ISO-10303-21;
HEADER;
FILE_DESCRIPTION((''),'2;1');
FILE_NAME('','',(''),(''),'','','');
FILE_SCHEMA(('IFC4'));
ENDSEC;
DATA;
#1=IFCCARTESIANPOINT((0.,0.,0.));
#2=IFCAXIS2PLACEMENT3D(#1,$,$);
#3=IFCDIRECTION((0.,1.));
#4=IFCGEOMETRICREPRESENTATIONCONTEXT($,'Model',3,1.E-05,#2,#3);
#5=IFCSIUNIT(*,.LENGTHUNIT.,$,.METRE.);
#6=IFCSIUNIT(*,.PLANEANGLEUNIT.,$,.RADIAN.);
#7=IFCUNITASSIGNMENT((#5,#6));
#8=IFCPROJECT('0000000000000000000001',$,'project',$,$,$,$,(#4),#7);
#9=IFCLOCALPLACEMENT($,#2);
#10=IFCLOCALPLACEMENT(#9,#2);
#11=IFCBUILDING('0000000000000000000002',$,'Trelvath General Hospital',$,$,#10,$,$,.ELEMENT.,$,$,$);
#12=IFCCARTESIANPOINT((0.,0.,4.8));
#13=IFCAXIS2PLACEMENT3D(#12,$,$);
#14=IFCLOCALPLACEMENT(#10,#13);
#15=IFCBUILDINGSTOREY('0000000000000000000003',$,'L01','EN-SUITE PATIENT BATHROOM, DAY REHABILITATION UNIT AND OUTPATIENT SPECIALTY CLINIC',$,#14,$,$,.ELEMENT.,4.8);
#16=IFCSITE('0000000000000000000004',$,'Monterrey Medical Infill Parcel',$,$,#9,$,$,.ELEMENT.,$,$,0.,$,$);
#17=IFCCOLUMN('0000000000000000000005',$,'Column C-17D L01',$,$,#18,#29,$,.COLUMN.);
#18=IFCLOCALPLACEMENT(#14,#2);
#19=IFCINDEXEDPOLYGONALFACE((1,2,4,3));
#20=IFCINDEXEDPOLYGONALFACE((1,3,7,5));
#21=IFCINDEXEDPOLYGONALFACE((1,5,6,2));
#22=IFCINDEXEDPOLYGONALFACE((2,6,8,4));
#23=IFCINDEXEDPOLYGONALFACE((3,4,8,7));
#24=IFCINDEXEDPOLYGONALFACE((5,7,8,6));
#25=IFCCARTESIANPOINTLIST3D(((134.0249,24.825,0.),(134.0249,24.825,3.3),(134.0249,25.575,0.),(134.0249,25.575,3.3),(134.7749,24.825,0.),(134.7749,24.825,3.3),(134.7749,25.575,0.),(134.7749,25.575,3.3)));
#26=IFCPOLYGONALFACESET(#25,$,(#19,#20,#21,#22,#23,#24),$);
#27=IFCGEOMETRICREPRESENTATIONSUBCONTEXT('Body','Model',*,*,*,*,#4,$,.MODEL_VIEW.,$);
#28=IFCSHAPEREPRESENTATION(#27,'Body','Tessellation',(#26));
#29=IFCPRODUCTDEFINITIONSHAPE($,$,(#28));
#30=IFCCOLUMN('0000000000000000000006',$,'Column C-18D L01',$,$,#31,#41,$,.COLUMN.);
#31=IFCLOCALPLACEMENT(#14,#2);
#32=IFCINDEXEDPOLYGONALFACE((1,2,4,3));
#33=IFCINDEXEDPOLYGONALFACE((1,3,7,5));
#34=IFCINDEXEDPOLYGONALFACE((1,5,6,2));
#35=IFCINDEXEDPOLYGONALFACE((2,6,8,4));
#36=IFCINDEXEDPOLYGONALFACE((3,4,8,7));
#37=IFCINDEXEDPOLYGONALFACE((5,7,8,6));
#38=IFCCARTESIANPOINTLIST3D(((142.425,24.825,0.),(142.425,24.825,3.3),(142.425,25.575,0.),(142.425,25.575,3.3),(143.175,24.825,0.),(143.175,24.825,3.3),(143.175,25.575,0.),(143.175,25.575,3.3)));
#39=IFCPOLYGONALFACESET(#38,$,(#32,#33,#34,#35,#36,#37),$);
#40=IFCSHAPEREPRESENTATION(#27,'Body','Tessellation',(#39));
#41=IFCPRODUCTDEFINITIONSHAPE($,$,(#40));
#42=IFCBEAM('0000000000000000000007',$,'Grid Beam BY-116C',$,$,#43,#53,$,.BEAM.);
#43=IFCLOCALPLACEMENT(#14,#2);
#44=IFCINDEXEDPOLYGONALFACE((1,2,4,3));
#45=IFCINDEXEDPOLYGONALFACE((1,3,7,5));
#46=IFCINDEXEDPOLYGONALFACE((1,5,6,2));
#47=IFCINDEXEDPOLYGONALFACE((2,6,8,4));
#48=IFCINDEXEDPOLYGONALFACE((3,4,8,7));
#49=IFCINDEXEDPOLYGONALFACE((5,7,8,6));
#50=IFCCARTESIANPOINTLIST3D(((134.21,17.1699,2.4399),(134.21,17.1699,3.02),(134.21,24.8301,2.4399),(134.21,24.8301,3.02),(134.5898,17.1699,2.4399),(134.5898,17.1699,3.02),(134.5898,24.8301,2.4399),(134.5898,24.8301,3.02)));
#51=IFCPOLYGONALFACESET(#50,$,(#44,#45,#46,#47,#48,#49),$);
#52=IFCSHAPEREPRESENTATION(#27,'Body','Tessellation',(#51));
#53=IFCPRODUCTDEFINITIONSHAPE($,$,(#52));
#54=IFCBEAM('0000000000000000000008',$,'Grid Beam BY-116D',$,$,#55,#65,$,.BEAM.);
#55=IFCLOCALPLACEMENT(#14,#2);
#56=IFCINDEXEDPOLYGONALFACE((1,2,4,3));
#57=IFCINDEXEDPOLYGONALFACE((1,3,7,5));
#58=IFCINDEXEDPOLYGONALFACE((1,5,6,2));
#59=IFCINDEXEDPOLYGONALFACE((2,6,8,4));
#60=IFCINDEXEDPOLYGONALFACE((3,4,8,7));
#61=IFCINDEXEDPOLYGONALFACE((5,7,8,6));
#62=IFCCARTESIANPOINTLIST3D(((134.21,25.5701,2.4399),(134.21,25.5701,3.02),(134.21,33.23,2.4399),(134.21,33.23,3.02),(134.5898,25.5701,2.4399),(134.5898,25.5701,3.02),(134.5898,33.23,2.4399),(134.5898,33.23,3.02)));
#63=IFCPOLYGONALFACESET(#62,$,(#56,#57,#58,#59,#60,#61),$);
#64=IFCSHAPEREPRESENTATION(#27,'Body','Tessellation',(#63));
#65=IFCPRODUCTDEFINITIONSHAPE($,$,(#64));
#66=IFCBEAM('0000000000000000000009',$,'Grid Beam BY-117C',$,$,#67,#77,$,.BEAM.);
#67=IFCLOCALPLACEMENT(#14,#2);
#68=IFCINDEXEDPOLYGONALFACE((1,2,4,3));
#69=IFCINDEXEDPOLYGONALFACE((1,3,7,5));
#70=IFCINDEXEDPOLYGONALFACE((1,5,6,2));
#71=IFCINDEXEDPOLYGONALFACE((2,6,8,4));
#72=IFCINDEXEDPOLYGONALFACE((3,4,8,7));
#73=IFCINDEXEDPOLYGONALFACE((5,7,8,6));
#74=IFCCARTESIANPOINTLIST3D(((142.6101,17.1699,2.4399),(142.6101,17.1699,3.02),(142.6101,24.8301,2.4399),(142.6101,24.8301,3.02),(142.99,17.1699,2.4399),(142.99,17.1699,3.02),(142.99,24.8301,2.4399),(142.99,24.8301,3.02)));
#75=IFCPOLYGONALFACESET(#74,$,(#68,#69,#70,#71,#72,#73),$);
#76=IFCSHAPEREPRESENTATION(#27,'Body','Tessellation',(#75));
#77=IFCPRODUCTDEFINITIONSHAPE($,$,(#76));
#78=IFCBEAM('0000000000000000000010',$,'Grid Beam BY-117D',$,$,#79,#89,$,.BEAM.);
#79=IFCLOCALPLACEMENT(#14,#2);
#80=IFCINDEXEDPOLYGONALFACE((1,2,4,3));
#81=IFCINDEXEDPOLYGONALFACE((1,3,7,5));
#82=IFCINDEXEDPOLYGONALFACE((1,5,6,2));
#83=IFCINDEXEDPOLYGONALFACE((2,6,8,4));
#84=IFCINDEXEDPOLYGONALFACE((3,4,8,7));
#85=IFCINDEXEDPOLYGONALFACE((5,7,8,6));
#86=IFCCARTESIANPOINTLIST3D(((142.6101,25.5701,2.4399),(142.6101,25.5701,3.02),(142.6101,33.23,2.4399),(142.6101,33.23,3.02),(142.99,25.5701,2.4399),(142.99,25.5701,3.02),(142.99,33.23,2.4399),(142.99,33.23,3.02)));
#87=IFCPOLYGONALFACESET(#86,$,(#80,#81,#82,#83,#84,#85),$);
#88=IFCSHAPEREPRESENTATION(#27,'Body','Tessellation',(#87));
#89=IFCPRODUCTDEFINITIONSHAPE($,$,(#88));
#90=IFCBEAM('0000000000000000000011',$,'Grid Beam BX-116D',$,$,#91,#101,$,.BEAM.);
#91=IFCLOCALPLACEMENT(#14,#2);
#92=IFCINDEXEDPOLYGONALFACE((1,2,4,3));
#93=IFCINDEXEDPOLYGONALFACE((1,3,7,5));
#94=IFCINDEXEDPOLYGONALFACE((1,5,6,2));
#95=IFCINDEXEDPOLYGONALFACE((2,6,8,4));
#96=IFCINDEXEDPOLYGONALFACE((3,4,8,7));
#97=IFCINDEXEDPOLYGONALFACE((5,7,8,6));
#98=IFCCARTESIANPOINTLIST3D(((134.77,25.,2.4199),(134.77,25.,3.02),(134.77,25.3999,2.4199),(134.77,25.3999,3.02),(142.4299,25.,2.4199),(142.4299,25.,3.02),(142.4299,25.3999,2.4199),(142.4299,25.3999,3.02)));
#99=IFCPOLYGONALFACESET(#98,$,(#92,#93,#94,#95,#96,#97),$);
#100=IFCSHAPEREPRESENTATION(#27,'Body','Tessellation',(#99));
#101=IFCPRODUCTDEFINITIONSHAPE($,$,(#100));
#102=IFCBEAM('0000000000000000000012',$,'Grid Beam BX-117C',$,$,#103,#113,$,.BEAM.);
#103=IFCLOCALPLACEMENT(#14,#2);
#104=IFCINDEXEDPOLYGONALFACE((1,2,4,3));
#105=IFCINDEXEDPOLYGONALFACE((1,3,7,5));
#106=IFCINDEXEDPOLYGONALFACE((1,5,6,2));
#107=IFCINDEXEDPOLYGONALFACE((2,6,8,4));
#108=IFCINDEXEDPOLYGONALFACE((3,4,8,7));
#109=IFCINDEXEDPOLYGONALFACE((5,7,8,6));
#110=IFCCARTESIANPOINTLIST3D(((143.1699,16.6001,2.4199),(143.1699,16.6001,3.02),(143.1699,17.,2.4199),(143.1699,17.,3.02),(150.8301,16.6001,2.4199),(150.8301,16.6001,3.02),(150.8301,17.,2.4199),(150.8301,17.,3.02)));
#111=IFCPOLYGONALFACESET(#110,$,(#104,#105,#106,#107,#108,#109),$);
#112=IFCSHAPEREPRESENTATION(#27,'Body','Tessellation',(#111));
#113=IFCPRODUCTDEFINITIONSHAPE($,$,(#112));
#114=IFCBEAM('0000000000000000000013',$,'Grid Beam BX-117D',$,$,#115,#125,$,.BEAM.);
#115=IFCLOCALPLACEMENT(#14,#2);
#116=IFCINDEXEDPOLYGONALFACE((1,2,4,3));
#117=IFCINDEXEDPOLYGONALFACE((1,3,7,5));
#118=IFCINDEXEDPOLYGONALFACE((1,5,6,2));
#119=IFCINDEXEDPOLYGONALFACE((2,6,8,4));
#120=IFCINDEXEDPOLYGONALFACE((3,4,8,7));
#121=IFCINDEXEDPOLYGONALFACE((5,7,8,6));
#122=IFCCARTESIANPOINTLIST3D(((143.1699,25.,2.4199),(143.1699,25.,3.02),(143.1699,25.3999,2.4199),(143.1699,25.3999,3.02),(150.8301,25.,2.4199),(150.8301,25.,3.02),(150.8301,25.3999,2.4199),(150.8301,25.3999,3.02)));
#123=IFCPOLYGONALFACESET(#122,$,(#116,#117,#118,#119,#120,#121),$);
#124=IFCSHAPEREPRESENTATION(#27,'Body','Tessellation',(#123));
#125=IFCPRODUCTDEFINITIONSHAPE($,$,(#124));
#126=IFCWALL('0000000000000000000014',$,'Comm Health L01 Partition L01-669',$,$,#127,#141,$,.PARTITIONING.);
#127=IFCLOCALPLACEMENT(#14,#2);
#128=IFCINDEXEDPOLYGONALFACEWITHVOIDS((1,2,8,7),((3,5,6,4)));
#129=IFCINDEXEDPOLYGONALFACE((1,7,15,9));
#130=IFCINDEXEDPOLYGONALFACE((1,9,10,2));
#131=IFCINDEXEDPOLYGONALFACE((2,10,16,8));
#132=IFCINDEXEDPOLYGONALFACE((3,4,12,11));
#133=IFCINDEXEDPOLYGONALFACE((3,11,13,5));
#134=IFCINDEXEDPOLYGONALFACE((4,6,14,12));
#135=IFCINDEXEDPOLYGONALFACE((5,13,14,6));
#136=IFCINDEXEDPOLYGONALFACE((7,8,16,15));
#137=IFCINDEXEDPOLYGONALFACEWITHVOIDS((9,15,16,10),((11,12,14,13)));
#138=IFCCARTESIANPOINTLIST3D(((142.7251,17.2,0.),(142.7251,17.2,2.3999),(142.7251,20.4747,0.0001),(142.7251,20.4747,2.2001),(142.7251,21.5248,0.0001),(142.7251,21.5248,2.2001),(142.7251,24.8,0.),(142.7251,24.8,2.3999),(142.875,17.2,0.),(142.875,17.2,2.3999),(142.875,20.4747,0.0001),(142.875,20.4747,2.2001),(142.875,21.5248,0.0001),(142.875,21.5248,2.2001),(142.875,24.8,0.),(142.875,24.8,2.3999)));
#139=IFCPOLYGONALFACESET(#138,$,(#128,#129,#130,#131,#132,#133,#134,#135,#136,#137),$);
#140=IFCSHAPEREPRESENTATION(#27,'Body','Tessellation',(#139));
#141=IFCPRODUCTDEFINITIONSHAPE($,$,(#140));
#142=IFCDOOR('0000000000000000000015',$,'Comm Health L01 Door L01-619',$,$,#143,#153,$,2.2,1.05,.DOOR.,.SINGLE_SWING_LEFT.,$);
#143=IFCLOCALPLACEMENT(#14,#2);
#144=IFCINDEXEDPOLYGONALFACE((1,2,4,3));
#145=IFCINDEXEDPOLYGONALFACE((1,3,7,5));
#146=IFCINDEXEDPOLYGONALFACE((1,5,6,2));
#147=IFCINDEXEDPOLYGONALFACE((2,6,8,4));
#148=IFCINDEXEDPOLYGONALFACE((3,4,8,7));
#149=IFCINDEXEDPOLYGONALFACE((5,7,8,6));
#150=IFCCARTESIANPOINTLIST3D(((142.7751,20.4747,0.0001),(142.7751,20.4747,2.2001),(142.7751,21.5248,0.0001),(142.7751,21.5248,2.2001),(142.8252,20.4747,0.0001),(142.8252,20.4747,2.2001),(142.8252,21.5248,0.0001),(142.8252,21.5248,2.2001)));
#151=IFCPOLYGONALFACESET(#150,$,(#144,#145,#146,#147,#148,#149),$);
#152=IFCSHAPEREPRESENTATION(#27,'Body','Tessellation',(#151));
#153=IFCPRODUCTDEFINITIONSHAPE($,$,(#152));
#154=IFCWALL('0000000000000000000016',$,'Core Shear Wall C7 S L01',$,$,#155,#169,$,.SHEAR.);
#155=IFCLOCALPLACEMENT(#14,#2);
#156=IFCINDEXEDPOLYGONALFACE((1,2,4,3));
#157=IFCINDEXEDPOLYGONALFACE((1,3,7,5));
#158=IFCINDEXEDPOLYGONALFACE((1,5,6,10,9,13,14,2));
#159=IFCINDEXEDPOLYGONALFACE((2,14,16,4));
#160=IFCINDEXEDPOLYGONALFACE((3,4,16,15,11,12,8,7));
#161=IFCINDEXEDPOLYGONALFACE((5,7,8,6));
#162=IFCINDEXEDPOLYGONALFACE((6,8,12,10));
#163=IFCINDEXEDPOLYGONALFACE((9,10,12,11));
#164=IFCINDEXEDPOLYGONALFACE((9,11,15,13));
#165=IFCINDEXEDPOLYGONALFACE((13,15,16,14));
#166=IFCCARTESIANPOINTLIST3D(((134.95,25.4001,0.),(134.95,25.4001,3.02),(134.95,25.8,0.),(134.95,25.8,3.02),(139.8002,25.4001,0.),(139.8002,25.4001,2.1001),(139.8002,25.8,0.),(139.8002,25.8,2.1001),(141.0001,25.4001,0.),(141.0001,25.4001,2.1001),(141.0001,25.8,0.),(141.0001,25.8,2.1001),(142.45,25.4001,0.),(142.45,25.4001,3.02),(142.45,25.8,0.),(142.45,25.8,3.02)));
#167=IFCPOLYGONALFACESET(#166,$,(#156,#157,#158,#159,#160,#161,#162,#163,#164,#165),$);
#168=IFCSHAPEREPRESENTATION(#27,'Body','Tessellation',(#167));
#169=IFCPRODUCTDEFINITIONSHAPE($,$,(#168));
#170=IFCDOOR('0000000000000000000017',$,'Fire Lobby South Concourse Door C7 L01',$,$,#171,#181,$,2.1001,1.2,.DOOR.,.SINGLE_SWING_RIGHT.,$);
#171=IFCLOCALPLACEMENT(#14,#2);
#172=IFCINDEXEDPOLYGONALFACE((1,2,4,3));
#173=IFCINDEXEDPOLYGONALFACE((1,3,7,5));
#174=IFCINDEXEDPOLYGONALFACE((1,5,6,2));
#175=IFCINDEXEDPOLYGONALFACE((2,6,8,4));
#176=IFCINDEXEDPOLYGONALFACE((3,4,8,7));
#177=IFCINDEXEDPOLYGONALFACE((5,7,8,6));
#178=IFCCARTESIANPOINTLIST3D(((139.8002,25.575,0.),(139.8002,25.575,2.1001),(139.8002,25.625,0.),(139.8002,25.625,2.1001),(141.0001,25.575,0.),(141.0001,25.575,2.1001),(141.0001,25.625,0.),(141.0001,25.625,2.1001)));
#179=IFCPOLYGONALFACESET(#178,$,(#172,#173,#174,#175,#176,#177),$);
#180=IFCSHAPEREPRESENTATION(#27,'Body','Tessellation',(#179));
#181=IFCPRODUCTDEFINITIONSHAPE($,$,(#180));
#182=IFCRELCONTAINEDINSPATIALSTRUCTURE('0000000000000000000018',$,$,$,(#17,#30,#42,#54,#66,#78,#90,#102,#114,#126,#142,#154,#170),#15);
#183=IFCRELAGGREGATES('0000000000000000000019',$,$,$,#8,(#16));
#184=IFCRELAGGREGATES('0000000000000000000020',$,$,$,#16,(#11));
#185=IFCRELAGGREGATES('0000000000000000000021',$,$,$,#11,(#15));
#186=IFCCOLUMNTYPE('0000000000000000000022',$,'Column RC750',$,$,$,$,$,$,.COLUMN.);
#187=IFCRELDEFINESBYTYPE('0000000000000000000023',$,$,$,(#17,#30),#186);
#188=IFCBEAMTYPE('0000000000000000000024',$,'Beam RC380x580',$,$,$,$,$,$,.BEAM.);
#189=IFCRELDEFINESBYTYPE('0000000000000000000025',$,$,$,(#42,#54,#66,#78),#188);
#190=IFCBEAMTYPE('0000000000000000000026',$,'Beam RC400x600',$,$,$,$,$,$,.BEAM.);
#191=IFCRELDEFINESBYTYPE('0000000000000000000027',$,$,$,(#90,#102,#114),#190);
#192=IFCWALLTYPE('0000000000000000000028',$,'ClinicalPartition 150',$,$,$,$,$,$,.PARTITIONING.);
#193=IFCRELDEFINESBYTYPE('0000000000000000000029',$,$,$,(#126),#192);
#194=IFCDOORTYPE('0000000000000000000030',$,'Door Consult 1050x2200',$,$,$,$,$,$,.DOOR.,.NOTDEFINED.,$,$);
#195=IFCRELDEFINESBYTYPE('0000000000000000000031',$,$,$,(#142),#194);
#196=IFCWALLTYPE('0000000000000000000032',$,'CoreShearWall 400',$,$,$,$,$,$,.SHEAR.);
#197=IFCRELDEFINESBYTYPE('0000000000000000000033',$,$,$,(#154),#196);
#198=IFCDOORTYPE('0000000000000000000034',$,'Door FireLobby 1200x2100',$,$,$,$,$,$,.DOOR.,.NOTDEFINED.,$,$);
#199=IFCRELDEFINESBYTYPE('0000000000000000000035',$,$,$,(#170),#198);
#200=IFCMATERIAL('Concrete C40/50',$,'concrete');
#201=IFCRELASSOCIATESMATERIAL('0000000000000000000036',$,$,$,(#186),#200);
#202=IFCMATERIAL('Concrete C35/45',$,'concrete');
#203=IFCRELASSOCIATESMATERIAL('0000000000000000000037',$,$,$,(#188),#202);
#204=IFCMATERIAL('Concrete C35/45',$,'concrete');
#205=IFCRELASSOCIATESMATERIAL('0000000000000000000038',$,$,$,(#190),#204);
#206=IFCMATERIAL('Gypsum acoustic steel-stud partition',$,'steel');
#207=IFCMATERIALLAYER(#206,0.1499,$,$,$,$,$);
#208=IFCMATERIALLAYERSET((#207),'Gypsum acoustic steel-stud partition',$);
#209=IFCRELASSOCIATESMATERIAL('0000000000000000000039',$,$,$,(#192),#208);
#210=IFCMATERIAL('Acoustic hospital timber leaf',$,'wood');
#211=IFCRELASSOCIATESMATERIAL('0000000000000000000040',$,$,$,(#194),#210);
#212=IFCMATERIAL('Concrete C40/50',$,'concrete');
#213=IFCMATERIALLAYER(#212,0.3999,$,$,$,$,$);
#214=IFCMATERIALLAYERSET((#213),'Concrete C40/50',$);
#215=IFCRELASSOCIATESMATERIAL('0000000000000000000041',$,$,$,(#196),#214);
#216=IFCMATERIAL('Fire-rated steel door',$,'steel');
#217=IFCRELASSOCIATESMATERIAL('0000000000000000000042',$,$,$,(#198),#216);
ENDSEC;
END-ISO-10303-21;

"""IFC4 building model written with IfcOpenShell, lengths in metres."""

from ifc_helpers import new_model, si_unit, direction, frame, frame_2d, origin, origin_2d, place, context, subcontext, project, spatial, rectangle, extrude, material, layer, layer_set, material_profile, profile_set, type_object, element, fill, save


model = new_model("IFC4")

# Units and contexts
model_context = context("Model", 3, precision=1e-05, world=origin(), true_north=direction((0.0, 1.0)))
body_context = subcontext(model_context, "Body", "Model", "MODEL_VIEW")
ifc_project = project(units=[si_unit("LENGTHUNIT", "METRE"), si_unit("PLANEANGLEUNIT", "RADIAN")], contexts=[model_context])

# Site, building, storey
site_placement = place(None, origin())
site = spatial("IfcSite", under=ifc_project, at=site_placement, Name="Monterrey Medical Infill Parcel", CompositionType="ELEMENT", RefElevation=0.0)
building_placement = place(site_placement, origin())
building = spatial("IfcBuilding", under=site, at=building_placement, Name="Trelvath General Hospital", CompositionType="ELEMENT")
storey_placement = place(building_placement, frame((0.0, 0.0, 4.8)))
storey = spatial("IfcBuildingStorey", under=building, at=storey_placement, Name="L01", Description="EN-SUITE PATIENT BATHROOM, DAY REHABILITATION UNIT AND OUTPATIENT SPECIALTY CLINIC", CompositionType="ELEMENT", Elevation=4.8)

# Columns
ifc_material_1 = material(Name="Concrete C40/50", Category="concrete")
ifc_material_profile_1 = material_profile(ifc_material_1, rectangle(XDim=0.75, YDim=0.75, at=origin_2d()), Name="RC750x750")
ifc_profile_set_1 = profile_set([ifc_material_profile_1], Name="Concrete C40/50")
column_type = type_object("IfcColumnType", Name="Column RC750", PredefinedType="COLUMN", material=ifc_profile_set_1)
for number, where, z_axis, x_axis, name in (
    (1, (134.3999, 25.2, 0.0), (0.0, 0.0, 1.0), (1.0, 0.0, 0.0), "Column C-17D L01"),
    (2, (142.8, 25.2, 0.0), (0.0, 0.0, 1.0), (1.0, 0.0, 0.0), "Column C-18D L01"),
):
    element("IfcColumn", number, at=place(storey_placement, frame(where, z_axis=z_axis, x_axis=x_axis)), inside=storey, type_object=column_type, Name=name, PredefinedType="COLUMN", context=body_context, shape_type="SweptSolid", body=[
        extrude(rectangle(XDim=0.75, YDim=0.75, at=origin_2d()), origin(), (0.0, 0.0, 1.0), 3.3),
    ])

# Beams
ifc_material_2 = material(Name="Concrete C35/45", Category="concrete")
ifc_material_profile_2 = material_profile(ifc_material_2, rectangle(XDim=0.3799, YDim=0.5801, at=origin_2d()), Name="RCB380x580")
ifc_profile_set_2 = profile_set([ifc_material_profile_2], Name="Concrete C35/45")
beam_type_1 = type_object("IfcBeamType", Name="Beam RC380x580", PredefinedType="BEAM", material=ifc_profile_set_2)
beam_1_placement = place(storey_placement, frame((134.3999, 17.1699, 2.73), z_axis=(0.0, 1.0, 0.0), x_axis=(-1.0, 0.0, 0.0)))
element("IfcBeam", 3, at=beam_1_placement, inside=storey, type_object=beam_type_1, Name="Grid Beam BY-116C", PredefinedType="BEAM", context=body_context, shape_type="SweptSolid", body=[
    extrude(rectangle(XDim=0.3799, YDim=0.5801, at=origin_2d()), origin(), (0.0, 0.0, 1.0), 7.6602),
])
beam_2_placement = place(storey_placement, frame((134.3999, 25.5701, 2.73), z_axis=(0.0, 1.0, 0.0), x_axis=(-1.0, 0.0, 0.0)))
element("IfcBeam", 4, at=beam_2_placement, inside=storey, type_object=beam_type_1, Name="Grid Beam BY-116D", PredefinedType="BEAM", context=body_context, shape_type="SweptSolid", body=[
    extrude(rectangle(XDim=0.3799, YDim=0.5801, at=origin_2d()), origin(), (0.0, 0.0, 1.0), 7.6599),
])
beam_3_placement = place(storey_placement, frame((142.8, 17.1699, 2.73), z_axis=(0.0, 1.0, 0.0), x_axis=(-1.0, 0.0, 0.0)))
element("IfcBeam", 5, at=beam_3_placement, inside=storey, type_object=beam_type_1, Name="Grid Beam BY-117C", PredefinedType="BEAM", context=body_context, shape_type="SweptSolid", body=[
    extrude(rectangle(XDim=0.3799, YDim=0.5801, at=origin_2d()), origin(), (0.0, 0.0, 1.0), 7.6602),
])
beam_4_placement = place(storey_placement, frame((142.8, 25.5701, 2.73), z_axis=(0.0, 1.0, 0.0), x_axis=(-1.0, 0.0, 0.0)))
element("IfcBeam", 6, at=beam_4_placement, inside=storey, type_object=beam_type_1, Name="Grid Beam BY-117D", PredefinedType="BEAM", context=body_context, shape_type="SweptSolid", body=[
    extrude(rectangle(XDim=0.3799, YDim=0.5801, at=origin_2d()), origin(), (0.0, 0.0, 1.0), 7.6599),
])
ifc_material_3 = material(Name="Concrete C35/45", Category="concrete")
ifc_material_profile_3 = material_profile(ifc_material_3, rectangle(XDim=0.3999, YDim=0.6001, at=origin_2d()), Name="RCB400x600")
ifc_profile_set_3 = profile_set([ifc_material_profile_3], Name="Concrete C35/45")
beam_type_2 = type_object("IfcBeamType", Name="Beam RC400x600", PredefinedType="BEAM", material=ifc_profile_set_3)
beam_5_placement = place(storey_placement, frame((134.77, 25.2, 2.72), z_axis=(1.0, 0.0, 0.0), x_axis=(0.0, 1.0, 0.0)))
element("IfcBeam", 7, at=beam_5_placement, inside=storey, type_object=beam_type_2, Name="Grid Beam BX-116D", PredefinedType="BEAM", context=body_context, shape_type="SweptSolid", body=[
    extrude(rectangle(XDim=0.3999, YDim=0.6001, at=origin_2d()), origin(), (0.0, 0.0, 1.0), 7.6599),
])
for number, where, z_axis, x_axis, name in (
    (8, (143.1699, 16.8, 2.72), (1.0, 0.0, 0.0), (0.0, 1.0, 0.0), "Grid Beam BX-117C"),
    (9, (143.1699, 25.2, 2.72), (1.0, 0.0, 0.0), (0.0, 1.0, 0.0), "Grid Beam BX-117D"),
):
    element("IfcBeam", number, at=place(storey_placement, frame(where, z_axis=z_axis, x_axis=x_axis)), inside=storey, type_object=beam_type_2, Name=name, PredefinedType="BEAM", context=body_context, shape_type="SweptSolid", body=[
        extrude(rectangle(XDim=0.3999, YDim=0.6001, at=origin_2d()), origin(), (0.0, 0.0, 1.0), 7.6602),
    ])

# Walls, openings, doors
ifc_material_4 = material(Name="Gypsum acoustic steel-stud partition", Category="steel")
ifc_layer_1 = layer(ifc_material_4, 0.1499)
ifc_layer_set_1 = layer_set([ifc_layer_1], Name="Gypsum acoustic steel-stud partition")
wall_type_1 = type_object("IfcWallType", Name="ClinicalPartition 150", PredefinedType="PARTITIONING", material=ifc_layer_set_1)
wall_1_placement = place(storey_placement, frame((142.8, 17.2, 0.0), z_axis=(0.0, 0.0, 1.0), x_axis=(0.0, 1.0, 0.0)))
wall_1 = element("IfcWall", 10, at=wall_1_placement, inside=storey, type_object=wall_type_1, Name="Comm Health L01 Partition L01-669", PredefinedType="PARTITIONING", context=body_context, shape_type="SweptSolid", body=[
    extrude(rectangle(XDim=7.6001, YDim=0.1499, at=frame_2d((3.8, 0.0))), origin(), (0.0, 0.0, 1.0), 2.3999),
])
opening_1_placement = place(wall_1_placement, frame((3.2749, 0.0, 0.0)))
opening_1 = element("IfcOpeningElement", 11, at=opening_1_placement, cuts=wall_1, PredefinedType="OPENING", context=body_context, shape_type="SweptSolid", body=[
    extrude(rectangle(XDim=1.05, YDim=2.2, at=frame_2d((0.5249, 1.1001))), frame((0.0, 0.085, 0.0), z_axis=(0.0, -1.0, 0.0), x_axis=(1.0, 0.0, 0.0)), (0.0, 0.0, 1.0), 0.1699),
])
ifc_material_5 = material(Name="Acoustic hospital timber leaf", Category="wood")
door_type_1 = type_object("IfcDoorType", Name="Door Consult 1050x2200", OperationType="NOTDEFINED", PredefinedType="DOOR", material=ifc_material_5)
door_1_placement = place(opening_1_placement, origin())
door_1 = element("IfcDoor", 12, at=door_1_placement, inside=storey, type_object=door_type_1, Name="Comm Health L01 Door L01-619", OperationType="SINGLE_SWING_LEFT", OverallHeight=2.2, OverallWidth=1.05, PredefinedType="DOOR", context=body_context, shape_type="SweptSolid", body=[
    extrude(rectangle(XDim=1.05, YDim=2.2, at=frame_2d((0.5249, 1.1001))), frame((0.0, 0.0249, 0.0), z_axis=(0.0, -1.0, 0.0), x_axis=(1.0, 0.0, 0.0)), (0.0, 0.0, 1.0), 0.05),
])
fill(opening_1, door_1)
ifc_material_6 = material(Name="Concrete C40/50", Category="concrete")
ifc_layer_2 = layer(ifc_material_6, 0.3999)
ifc_layer_set_2 = layer_set([ifc_layer_2], Name="Concrete C40/50")
wall_type_2 = type_object("IfcWallType", Name="CoreShearWall 400", PredefinedType="SHEAR", material=ifc_layer_set_2)
wall_2_placement = place(storey_placement, frame((134.95, 25.6001, 0.0), z_axis=(0.0, 0.0, 1.0), x_axis=(1.0, 0.0, 0.0)))
wall_2 = element("IfcWall", 13, at=wall_2_placement, inside=storey, type_object=wall_type_2, Name="Core Shear Wall C7 S L01", PredefinedType="SHEAR", context=body_context, shape_type="SweptSolid", body=[
    extrude(rectangle(XDim=7.5, YDim=0.3999, at=frame_2d((3.75, 0.0))), origin(), (0.0, 0.0, 1.0), 3.02),
])
opening_2_placement = place(wall_2_placement, frame((4.8501, 0.0, 0.0)))
opening_2 = element("IfcOpeningElement", 14, at=opening_2_placement, cuts=wall_2, PredefinedType="OPENING", context=body_context, shape_type="SweptSolid", body=[
    extrude(rectangle(XDim=1.2, YDim=2.1001, at=frame_2d((0.6001, 1.05))), frame((0.0, 0.21, 0.0), z_axis=(0.0, -1.0, 0.0), x_axis=(1.0, 0.0, 0.0)), (0.0, 0.0, 1.0), 0.4199),
])
ifc_material_7 = material(Name="Fire-rated steel door", Category="steel")
door_type_2 = type_object("IfcDoorType", Name="Door FireLobby 1200x2100", OperationType="NOTDEFINED", PredefinedType="DOOR", material=ifc_material_7)
door_2_placement = place(opening_2_placement, origin())
door_2 = element("IfcDoor", 15, at=door_2_placement, inside=storey, type_object=door_type_2, Name="Fire Lobby South Concourse Door C7 L01", OperationType="SINGLE_SWING_RIGHT", OverallHeight=2.1001, OverallWidth=1.2, PredefinedType="DOOR", context=body_context, shape_type="SweptSolid", body=[
    extrude(rectangle(XDim=1.2, YDim=2.1001, at=frame_2d((0.6001, 1.05))), frame((0.0, 0.0249, 0.0), z_axis=(0.0, -1.0, 0.0), x_axis=(1.0, 0.0, 0.0)), (0.0, 0.0, 1.0), 0.05),
])
fill(opening_2, door_2)

save(model, "model.ifc")
